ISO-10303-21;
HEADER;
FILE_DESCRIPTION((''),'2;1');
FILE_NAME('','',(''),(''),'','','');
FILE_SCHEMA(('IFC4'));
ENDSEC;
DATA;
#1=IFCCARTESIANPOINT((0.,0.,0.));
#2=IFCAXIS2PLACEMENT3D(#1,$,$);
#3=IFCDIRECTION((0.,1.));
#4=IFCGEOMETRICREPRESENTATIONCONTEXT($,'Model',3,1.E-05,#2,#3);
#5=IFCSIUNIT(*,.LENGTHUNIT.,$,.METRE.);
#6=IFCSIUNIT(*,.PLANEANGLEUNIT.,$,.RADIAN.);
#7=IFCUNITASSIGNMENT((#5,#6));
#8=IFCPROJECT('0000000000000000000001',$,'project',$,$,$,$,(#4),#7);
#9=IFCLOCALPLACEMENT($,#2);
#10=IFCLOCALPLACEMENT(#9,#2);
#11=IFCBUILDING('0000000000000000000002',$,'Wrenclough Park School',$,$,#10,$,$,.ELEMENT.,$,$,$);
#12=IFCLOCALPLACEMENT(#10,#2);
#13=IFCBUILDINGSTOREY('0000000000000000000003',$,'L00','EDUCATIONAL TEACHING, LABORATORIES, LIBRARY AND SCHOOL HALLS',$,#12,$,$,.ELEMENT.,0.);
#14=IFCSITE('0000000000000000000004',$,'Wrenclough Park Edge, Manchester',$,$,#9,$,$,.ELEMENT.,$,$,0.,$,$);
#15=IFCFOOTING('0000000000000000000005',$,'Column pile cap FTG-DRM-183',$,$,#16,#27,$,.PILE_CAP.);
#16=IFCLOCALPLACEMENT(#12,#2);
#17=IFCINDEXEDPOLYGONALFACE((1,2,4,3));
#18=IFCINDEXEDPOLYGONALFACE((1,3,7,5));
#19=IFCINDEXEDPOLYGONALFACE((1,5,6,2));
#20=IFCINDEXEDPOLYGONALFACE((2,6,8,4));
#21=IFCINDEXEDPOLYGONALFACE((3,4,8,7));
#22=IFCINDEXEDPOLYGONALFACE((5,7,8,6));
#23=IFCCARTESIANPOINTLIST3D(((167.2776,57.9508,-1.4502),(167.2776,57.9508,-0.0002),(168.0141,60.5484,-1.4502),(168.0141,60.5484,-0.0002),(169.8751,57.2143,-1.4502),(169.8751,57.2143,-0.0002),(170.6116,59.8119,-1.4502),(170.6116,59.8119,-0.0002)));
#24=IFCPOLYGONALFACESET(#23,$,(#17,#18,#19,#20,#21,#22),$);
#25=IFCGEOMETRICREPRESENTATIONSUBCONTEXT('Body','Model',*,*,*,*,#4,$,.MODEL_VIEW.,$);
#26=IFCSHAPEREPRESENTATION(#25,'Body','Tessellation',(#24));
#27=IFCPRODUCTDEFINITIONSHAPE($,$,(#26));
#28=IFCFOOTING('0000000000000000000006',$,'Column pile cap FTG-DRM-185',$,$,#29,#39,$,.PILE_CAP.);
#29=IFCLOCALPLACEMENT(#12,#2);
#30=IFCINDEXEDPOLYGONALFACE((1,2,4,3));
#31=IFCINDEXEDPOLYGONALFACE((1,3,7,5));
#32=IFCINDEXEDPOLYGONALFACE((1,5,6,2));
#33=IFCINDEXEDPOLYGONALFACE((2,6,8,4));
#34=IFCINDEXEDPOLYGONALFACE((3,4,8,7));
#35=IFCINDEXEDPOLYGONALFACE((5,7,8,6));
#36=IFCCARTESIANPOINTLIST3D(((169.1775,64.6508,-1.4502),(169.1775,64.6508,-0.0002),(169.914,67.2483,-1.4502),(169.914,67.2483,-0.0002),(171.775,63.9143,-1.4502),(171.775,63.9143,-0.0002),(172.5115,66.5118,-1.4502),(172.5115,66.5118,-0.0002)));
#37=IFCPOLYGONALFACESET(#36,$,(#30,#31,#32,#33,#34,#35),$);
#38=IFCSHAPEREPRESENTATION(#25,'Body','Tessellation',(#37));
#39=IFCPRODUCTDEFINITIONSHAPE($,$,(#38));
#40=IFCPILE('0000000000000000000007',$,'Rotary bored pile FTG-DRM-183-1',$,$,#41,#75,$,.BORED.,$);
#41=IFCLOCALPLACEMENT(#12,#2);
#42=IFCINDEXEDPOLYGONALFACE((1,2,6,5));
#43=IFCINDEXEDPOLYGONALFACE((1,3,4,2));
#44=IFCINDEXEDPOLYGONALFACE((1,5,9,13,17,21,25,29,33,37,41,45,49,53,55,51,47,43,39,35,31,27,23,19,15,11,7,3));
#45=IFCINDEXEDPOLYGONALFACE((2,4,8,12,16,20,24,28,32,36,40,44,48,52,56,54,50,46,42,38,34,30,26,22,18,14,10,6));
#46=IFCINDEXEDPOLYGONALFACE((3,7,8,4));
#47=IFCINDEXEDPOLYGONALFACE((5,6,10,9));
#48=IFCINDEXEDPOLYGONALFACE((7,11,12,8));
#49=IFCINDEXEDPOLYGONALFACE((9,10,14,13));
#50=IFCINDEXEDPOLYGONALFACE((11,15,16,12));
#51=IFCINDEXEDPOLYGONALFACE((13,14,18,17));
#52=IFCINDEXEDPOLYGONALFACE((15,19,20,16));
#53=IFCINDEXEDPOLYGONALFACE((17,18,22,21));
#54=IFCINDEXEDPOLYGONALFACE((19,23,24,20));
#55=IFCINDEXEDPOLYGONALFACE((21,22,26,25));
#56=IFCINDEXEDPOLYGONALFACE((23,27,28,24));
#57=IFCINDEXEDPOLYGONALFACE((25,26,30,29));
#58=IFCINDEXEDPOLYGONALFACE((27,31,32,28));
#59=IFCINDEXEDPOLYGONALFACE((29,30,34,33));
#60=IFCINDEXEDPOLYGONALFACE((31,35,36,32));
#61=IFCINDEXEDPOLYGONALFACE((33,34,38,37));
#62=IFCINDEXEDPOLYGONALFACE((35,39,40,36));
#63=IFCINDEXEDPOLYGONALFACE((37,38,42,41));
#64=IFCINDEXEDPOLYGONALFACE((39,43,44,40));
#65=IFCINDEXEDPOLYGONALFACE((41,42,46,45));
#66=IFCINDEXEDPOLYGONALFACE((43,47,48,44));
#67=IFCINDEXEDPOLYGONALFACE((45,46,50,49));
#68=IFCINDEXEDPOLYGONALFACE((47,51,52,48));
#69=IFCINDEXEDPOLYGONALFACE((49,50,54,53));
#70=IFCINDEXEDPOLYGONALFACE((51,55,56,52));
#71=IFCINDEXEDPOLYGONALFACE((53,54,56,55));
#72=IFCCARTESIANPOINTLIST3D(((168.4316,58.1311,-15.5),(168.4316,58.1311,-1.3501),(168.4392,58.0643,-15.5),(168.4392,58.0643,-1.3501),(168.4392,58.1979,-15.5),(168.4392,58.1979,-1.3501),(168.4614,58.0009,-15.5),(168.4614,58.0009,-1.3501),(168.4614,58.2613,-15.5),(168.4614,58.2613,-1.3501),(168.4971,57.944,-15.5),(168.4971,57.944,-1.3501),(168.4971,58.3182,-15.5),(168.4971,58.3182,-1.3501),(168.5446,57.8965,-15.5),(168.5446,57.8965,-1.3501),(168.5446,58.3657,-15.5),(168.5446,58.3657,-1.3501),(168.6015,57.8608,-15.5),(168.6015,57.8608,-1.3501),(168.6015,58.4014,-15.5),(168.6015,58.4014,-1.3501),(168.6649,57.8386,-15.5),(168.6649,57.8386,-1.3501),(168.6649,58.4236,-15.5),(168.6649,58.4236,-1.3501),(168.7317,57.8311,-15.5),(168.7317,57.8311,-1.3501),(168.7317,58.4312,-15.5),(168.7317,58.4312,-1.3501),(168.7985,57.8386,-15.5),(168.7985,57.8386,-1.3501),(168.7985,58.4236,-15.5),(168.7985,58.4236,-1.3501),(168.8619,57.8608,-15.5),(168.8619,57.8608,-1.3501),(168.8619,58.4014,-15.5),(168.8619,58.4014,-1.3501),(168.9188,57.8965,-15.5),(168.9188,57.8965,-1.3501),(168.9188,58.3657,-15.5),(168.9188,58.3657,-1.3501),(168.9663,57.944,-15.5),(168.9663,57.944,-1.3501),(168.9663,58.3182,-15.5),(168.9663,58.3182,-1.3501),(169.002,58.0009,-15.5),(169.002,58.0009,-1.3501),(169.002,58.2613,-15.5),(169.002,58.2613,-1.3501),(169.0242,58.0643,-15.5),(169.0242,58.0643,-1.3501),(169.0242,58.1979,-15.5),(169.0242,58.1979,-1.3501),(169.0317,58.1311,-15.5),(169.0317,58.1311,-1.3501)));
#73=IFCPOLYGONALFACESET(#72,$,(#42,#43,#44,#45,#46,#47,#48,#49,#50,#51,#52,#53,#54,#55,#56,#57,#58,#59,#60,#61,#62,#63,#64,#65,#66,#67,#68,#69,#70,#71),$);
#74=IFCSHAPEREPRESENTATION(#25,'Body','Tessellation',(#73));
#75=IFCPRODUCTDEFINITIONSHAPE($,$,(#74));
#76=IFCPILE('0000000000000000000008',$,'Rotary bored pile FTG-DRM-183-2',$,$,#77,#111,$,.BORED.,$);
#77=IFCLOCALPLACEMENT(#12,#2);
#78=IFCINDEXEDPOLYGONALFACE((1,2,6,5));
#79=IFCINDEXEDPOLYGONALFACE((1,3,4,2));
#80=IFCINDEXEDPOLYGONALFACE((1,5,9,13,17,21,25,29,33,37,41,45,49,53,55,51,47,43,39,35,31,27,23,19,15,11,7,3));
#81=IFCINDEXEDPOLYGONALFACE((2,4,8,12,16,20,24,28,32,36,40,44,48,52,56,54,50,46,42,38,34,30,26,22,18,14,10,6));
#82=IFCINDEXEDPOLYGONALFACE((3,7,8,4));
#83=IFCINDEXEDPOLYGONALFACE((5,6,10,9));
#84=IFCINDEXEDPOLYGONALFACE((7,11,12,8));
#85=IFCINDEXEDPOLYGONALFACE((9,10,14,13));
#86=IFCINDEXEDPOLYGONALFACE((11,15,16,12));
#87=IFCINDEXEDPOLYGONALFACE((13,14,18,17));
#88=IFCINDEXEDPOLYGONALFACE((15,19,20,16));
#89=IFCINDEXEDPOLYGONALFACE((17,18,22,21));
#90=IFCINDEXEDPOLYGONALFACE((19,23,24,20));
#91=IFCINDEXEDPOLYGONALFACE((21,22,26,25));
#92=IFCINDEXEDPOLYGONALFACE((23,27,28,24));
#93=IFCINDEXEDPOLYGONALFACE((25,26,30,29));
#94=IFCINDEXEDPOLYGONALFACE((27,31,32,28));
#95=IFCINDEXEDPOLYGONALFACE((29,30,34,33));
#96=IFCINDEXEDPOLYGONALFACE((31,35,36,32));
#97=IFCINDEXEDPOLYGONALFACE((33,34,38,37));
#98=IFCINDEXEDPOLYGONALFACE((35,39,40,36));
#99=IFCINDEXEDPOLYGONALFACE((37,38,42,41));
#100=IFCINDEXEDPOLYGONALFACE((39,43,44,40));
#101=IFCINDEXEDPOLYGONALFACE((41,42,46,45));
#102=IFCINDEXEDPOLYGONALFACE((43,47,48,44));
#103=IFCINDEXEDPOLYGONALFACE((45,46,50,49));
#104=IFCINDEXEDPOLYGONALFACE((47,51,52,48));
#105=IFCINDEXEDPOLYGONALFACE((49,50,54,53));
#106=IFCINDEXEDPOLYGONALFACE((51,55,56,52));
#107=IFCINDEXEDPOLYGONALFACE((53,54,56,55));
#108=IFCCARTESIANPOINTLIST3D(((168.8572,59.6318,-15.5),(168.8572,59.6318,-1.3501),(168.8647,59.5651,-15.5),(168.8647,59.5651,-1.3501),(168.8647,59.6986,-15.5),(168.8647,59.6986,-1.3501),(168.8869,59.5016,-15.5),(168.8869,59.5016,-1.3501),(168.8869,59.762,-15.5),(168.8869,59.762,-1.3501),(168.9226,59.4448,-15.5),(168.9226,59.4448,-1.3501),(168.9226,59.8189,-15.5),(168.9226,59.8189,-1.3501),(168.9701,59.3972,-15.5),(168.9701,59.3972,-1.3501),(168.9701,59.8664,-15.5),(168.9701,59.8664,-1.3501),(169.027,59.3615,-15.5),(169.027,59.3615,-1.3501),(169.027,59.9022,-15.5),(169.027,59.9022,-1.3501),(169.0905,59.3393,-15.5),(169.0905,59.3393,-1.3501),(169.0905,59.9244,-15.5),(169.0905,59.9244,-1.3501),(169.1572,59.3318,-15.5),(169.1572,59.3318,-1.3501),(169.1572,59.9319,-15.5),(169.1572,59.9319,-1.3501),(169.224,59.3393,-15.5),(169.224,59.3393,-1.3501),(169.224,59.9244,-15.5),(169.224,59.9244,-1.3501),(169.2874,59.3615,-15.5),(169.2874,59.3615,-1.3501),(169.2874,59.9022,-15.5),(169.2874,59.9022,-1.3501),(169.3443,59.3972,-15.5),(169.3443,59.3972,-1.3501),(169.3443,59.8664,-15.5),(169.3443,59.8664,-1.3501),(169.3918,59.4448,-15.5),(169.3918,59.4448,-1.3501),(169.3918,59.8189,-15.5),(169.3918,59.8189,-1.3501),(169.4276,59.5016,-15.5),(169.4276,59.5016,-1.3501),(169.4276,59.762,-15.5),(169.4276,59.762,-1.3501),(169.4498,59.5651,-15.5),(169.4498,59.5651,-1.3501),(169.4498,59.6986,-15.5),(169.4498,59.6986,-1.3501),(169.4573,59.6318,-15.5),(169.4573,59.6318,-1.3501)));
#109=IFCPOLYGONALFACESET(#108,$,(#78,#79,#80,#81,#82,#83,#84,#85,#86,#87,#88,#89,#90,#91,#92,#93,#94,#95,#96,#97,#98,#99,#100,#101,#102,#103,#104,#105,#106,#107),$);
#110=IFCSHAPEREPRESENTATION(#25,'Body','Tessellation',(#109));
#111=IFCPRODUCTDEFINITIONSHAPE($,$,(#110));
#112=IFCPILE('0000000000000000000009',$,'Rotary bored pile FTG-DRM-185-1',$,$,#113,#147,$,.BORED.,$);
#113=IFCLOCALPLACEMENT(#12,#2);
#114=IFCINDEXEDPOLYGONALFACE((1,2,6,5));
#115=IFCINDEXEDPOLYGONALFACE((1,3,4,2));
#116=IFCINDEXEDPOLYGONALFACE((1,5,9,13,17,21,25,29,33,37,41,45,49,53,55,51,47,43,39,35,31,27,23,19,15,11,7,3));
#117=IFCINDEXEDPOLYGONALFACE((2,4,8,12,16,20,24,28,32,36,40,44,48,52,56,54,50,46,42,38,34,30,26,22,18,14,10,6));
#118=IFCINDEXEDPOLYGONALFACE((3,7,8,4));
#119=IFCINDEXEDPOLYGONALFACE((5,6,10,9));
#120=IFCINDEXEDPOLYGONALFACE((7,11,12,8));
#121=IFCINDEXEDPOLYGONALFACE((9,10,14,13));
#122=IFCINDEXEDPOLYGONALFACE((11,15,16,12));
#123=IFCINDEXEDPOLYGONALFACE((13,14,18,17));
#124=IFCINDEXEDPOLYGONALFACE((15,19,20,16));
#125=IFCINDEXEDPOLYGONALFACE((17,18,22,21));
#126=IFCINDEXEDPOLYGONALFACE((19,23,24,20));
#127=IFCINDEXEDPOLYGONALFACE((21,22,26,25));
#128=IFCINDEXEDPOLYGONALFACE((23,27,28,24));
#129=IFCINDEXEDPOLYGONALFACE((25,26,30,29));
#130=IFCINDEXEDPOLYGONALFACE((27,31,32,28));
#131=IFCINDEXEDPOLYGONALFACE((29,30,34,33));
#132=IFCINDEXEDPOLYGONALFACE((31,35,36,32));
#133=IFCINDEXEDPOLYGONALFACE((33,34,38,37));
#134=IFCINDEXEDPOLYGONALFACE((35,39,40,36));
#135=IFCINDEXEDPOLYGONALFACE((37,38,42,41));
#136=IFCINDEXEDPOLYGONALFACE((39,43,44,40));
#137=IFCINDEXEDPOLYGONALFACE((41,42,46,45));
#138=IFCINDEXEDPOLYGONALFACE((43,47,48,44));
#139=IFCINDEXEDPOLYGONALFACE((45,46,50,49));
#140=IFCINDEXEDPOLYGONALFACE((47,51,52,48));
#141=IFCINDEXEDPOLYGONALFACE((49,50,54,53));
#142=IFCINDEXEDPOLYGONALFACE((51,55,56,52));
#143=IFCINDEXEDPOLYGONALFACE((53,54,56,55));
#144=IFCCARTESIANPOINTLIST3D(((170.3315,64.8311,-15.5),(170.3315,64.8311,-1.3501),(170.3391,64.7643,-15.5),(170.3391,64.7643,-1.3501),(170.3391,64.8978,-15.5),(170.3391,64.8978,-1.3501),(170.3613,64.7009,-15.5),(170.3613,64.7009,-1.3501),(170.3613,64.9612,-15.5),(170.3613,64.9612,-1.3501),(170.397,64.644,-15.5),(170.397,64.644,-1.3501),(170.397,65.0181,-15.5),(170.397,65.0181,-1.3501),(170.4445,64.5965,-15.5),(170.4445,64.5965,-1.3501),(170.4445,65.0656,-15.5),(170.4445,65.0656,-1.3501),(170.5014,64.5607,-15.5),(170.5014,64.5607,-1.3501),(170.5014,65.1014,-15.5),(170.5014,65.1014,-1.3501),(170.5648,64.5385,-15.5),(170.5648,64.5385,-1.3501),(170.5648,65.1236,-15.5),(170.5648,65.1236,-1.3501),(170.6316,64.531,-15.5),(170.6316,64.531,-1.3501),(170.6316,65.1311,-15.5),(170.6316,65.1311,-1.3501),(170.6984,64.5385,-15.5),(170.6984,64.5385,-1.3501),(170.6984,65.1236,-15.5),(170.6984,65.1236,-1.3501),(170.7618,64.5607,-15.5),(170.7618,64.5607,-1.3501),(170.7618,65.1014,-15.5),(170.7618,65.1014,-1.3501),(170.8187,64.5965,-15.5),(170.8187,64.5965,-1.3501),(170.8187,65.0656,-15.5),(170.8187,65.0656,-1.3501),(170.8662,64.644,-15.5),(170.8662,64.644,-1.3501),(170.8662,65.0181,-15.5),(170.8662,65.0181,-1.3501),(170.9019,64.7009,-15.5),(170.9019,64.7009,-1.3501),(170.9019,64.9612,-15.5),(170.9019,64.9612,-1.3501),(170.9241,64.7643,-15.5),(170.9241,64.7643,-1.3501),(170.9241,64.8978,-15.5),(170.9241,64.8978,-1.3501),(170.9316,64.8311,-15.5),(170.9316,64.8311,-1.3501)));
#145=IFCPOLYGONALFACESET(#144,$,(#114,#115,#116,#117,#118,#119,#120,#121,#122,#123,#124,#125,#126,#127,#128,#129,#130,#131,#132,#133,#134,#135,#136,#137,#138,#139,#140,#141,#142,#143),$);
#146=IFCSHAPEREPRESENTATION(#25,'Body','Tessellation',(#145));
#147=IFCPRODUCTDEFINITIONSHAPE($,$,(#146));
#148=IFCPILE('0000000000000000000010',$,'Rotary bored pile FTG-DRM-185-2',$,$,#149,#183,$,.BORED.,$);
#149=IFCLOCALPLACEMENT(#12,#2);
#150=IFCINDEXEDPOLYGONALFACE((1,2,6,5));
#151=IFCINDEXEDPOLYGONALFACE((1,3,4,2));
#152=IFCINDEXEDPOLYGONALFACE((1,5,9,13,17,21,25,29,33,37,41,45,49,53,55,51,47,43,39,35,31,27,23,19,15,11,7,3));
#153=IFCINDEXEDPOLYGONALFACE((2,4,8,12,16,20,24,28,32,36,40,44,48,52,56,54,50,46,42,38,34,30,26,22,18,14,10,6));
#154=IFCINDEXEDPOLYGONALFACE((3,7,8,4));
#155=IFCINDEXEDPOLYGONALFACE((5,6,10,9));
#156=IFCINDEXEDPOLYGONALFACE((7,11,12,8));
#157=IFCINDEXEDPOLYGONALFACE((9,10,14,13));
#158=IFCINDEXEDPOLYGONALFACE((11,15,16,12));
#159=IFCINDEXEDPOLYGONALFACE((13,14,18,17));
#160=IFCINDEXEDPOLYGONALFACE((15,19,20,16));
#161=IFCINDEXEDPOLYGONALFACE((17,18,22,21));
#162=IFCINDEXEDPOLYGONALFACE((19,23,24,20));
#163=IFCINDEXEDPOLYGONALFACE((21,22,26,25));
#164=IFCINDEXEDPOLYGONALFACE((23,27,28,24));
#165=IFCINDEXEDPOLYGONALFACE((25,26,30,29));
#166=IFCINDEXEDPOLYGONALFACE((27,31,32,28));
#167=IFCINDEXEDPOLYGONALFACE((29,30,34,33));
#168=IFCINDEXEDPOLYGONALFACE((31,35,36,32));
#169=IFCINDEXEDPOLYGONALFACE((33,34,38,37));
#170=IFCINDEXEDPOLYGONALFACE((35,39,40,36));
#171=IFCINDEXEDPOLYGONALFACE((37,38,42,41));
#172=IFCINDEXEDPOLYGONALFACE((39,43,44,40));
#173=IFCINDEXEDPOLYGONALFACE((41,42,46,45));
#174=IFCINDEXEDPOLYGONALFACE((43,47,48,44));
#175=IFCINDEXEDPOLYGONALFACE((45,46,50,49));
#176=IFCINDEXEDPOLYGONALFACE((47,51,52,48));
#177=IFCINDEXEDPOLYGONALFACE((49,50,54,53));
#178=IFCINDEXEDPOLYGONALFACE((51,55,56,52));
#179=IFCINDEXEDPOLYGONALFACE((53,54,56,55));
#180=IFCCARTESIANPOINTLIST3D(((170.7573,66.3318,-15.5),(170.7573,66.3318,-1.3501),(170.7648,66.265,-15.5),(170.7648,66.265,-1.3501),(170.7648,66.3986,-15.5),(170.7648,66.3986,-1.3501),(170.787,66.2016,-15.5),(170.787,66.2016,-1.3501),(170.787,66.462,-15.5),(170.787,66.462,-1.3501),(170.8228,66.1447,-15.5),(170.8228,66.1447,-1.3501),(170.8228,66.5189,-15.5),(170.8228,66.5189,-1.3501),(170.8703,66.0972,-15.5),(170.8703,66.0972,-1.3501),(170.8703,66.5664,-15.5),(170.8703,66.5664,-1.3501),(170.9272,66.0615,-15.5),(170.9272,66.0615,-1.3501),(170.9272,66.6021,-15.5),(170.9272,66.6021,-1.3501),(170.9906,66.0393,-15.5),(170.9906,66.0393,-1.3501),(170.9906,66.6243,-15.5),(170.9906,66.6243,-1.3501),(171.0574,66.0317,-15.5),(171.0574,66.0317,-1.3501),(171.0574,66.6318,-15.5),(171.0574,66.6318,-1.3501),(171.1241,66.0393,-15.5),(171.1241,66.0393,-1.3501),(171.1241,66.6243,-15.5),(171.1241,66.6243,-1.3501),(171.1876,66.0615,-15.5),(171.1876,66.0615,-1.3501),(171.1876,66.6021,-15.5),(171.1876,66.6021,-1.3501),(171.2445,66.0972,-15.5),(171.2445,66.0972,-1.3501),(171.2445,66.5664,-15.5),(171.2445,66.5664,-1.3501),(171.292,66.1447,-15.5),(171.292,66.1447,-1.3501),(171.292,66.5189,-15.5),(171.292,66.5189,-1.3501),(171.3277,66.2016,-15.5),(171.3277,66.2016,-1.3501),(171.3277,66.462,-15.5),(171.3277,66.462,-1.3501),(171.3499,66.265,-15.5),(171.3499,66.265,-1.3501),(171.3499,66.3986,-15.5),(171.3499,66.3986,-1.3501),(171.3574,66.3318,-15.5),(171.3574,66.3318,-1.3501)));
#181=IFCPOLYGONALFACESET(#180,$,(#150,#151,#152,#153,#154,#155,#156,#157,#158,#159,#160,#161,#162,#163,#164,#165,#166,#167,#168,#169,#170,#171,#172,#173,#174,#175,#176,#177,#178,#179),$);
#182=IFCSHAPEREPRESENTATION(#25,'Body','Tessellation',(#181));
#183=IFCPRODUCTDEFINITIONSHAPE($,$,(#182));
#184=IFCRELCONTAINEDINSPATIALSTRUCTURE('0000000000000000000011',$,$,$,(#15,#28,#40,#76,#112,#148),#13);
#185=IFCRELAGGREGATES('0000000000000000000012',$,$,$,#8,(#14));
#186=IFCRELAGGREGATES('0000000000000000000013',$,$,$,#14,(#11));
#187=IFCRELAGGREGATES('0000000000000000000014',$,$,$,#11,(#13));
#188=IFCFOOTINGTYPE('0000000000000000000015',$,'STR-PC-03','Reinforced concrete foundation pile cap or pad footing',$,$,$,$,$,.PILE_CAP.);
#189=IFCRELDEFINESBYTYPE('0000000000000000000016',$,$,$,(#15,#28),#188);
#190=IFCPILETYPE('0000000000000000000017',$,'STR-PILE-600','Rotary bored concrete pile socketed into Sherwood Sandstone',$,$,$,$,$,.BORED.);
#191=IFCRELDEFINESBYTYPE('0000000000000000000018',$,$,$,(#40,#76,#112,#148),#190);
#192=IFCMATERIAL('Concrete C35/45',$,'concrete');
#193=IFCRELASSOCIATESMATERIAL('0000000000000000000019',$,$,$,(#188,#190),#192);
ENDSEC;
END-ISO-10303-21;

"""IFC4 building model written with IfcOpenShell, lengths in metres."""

from ifc_helpers import new_model, si_unit, direction, frame, origin, origin_2d, place, context, subcontext, project, spatial, rectangle, circle, extrude, material, material_profile, profile_set, type_object, element, save


model = new_model("IFC4")

# Units and contexts
model_context = context("Model", 3, precision=1e-05, world=origin(), true_north=direction((0.0, 1.0)))
body_context = subcontext(model_context, "Body", "Model", "MODEL_VIEW")
ifc_project = project(units=[si_unit("LENGTHUNIT", "METRE"), si_unit("PLANEANGLEUNIT", "RADIAN")], contexts=[model_context])

# Site, building, storey
site_placement = place(None, origin())
site = spatial("IfcSite", under=ifc_project, at=site_placement, Name="Wrenclough Park Edge, Manchester", CompositionType="ELEMENT", RefElevation=0.0)
building_placement = place(site_placement, origin())
building = spatial("IfcBuilding", under=site, at=building_placement, Name="Wrenclough Park School", CompositionType="ELEMENT")
storey_placement = place(building_placement, origin())
storey = spatial("IfcBuildingStorey", under=building, at=storey_placement, Name="L00", Description="EDUCATIONAL TEACHING, LABORATORIES, LIBRARY AND SCHOOL HALLS", CompositionType="ELEMENT", Elevation=0.0)

# Footings
ifc_material_1 = material(Name="Concrete C35/45", Category="concrete")
footing_type = type_object("IfcFootingType", Name="STR-PC-03", Description="Reinforced concrete foundation pile cap or pad footing", PredefinedType="PILE_CAP", material=ifc_material_1)
for number, where, z_axis, x_axis, name in (
    (1, (168.9446, 58.8813, -1.4502), (0.0, 0.0, 1.0), (0.272784, 0.962075, 0.0), "Column pile cap FTG-DRM-183"),
    (2, (170.8445, 65.5813, -1.4502), (0.0, 0.0, 1.0), (0.272784, 0.962075, 0.0), "Column pile cap FTG-DRM-185"),
):
    element("IfcFooting", number, at=place(storey_placement, frame(where, z_axis=z_axis, x_axis=x_axis)), inside=storey, type_object=footing_type, Name=name, PredefinedType="PILE_CAP", context=body_context, shape_type="SweptSolid", body=[
        extrude(rectangle(XDim=2.7, YDim=2.7, at=origin_2d()), origin(), (0.0, 0.0, 1.0), 1.45),
    ])

# Piles
ifc_material_profile_1 = material_profile(ifc_material_1, circle(Radius=0.3, at=origin_2d()), Name="BORED PILE D600")
ifc_profile_set_1 = profile_set([ifc_material_profile_1], Name="Concrete C35/45")
pile_type = type_object("IfcPileType", Name="STR-PILE-600", Description="Rotary bored concrete pile socketed into Sherwood Sandstone", PredefinedType="BORED", material=ifc_profile_set_1)
for number, where, z_axis, x_axis, name in (
    (3, (168.7317, 58.1311, -1.3501), (0.0, 0.0, -1.0), (1.0, 0.0, 0.0), "Rotary bored pile FTG-DRM-183-1"),
    (4, (169.1572, 59.6318, -1.3501), (0.0, 0.0, -1.0), (1.0, 0.0, 0.0), "Rotary bored pile FTG-DRM-183-2"),
    (5, (170.6316, 64.8311, -1.3501), (0.0, 0.0, -1.0), (1.0, 0.0, 0.0), "Rotary bored pile FTG-DRM-185-1"),
    (6, (171.0574, 66.3318, -1.3501), (0.0, 0.0, -1.0), (1.0, 0.0, 0.0), "Rotary bored pile FTG-DRM-185-2"),
):
    element("IfcPile", number, at=place(storey_placement, frame(where, z_axis=z_axis, x_axis=x_axis)), inside=storey, type_object=pile_type, Name=name, PredefinedType="BORED", context=body_context, shape_type="SweptSolid", body=[
        extrude(circle(Radius=0.3, at=origin_2d()), origin(), (0.0, 0.0, 1.0), 14.1499),
    ])

save(model, "model.ifc")
